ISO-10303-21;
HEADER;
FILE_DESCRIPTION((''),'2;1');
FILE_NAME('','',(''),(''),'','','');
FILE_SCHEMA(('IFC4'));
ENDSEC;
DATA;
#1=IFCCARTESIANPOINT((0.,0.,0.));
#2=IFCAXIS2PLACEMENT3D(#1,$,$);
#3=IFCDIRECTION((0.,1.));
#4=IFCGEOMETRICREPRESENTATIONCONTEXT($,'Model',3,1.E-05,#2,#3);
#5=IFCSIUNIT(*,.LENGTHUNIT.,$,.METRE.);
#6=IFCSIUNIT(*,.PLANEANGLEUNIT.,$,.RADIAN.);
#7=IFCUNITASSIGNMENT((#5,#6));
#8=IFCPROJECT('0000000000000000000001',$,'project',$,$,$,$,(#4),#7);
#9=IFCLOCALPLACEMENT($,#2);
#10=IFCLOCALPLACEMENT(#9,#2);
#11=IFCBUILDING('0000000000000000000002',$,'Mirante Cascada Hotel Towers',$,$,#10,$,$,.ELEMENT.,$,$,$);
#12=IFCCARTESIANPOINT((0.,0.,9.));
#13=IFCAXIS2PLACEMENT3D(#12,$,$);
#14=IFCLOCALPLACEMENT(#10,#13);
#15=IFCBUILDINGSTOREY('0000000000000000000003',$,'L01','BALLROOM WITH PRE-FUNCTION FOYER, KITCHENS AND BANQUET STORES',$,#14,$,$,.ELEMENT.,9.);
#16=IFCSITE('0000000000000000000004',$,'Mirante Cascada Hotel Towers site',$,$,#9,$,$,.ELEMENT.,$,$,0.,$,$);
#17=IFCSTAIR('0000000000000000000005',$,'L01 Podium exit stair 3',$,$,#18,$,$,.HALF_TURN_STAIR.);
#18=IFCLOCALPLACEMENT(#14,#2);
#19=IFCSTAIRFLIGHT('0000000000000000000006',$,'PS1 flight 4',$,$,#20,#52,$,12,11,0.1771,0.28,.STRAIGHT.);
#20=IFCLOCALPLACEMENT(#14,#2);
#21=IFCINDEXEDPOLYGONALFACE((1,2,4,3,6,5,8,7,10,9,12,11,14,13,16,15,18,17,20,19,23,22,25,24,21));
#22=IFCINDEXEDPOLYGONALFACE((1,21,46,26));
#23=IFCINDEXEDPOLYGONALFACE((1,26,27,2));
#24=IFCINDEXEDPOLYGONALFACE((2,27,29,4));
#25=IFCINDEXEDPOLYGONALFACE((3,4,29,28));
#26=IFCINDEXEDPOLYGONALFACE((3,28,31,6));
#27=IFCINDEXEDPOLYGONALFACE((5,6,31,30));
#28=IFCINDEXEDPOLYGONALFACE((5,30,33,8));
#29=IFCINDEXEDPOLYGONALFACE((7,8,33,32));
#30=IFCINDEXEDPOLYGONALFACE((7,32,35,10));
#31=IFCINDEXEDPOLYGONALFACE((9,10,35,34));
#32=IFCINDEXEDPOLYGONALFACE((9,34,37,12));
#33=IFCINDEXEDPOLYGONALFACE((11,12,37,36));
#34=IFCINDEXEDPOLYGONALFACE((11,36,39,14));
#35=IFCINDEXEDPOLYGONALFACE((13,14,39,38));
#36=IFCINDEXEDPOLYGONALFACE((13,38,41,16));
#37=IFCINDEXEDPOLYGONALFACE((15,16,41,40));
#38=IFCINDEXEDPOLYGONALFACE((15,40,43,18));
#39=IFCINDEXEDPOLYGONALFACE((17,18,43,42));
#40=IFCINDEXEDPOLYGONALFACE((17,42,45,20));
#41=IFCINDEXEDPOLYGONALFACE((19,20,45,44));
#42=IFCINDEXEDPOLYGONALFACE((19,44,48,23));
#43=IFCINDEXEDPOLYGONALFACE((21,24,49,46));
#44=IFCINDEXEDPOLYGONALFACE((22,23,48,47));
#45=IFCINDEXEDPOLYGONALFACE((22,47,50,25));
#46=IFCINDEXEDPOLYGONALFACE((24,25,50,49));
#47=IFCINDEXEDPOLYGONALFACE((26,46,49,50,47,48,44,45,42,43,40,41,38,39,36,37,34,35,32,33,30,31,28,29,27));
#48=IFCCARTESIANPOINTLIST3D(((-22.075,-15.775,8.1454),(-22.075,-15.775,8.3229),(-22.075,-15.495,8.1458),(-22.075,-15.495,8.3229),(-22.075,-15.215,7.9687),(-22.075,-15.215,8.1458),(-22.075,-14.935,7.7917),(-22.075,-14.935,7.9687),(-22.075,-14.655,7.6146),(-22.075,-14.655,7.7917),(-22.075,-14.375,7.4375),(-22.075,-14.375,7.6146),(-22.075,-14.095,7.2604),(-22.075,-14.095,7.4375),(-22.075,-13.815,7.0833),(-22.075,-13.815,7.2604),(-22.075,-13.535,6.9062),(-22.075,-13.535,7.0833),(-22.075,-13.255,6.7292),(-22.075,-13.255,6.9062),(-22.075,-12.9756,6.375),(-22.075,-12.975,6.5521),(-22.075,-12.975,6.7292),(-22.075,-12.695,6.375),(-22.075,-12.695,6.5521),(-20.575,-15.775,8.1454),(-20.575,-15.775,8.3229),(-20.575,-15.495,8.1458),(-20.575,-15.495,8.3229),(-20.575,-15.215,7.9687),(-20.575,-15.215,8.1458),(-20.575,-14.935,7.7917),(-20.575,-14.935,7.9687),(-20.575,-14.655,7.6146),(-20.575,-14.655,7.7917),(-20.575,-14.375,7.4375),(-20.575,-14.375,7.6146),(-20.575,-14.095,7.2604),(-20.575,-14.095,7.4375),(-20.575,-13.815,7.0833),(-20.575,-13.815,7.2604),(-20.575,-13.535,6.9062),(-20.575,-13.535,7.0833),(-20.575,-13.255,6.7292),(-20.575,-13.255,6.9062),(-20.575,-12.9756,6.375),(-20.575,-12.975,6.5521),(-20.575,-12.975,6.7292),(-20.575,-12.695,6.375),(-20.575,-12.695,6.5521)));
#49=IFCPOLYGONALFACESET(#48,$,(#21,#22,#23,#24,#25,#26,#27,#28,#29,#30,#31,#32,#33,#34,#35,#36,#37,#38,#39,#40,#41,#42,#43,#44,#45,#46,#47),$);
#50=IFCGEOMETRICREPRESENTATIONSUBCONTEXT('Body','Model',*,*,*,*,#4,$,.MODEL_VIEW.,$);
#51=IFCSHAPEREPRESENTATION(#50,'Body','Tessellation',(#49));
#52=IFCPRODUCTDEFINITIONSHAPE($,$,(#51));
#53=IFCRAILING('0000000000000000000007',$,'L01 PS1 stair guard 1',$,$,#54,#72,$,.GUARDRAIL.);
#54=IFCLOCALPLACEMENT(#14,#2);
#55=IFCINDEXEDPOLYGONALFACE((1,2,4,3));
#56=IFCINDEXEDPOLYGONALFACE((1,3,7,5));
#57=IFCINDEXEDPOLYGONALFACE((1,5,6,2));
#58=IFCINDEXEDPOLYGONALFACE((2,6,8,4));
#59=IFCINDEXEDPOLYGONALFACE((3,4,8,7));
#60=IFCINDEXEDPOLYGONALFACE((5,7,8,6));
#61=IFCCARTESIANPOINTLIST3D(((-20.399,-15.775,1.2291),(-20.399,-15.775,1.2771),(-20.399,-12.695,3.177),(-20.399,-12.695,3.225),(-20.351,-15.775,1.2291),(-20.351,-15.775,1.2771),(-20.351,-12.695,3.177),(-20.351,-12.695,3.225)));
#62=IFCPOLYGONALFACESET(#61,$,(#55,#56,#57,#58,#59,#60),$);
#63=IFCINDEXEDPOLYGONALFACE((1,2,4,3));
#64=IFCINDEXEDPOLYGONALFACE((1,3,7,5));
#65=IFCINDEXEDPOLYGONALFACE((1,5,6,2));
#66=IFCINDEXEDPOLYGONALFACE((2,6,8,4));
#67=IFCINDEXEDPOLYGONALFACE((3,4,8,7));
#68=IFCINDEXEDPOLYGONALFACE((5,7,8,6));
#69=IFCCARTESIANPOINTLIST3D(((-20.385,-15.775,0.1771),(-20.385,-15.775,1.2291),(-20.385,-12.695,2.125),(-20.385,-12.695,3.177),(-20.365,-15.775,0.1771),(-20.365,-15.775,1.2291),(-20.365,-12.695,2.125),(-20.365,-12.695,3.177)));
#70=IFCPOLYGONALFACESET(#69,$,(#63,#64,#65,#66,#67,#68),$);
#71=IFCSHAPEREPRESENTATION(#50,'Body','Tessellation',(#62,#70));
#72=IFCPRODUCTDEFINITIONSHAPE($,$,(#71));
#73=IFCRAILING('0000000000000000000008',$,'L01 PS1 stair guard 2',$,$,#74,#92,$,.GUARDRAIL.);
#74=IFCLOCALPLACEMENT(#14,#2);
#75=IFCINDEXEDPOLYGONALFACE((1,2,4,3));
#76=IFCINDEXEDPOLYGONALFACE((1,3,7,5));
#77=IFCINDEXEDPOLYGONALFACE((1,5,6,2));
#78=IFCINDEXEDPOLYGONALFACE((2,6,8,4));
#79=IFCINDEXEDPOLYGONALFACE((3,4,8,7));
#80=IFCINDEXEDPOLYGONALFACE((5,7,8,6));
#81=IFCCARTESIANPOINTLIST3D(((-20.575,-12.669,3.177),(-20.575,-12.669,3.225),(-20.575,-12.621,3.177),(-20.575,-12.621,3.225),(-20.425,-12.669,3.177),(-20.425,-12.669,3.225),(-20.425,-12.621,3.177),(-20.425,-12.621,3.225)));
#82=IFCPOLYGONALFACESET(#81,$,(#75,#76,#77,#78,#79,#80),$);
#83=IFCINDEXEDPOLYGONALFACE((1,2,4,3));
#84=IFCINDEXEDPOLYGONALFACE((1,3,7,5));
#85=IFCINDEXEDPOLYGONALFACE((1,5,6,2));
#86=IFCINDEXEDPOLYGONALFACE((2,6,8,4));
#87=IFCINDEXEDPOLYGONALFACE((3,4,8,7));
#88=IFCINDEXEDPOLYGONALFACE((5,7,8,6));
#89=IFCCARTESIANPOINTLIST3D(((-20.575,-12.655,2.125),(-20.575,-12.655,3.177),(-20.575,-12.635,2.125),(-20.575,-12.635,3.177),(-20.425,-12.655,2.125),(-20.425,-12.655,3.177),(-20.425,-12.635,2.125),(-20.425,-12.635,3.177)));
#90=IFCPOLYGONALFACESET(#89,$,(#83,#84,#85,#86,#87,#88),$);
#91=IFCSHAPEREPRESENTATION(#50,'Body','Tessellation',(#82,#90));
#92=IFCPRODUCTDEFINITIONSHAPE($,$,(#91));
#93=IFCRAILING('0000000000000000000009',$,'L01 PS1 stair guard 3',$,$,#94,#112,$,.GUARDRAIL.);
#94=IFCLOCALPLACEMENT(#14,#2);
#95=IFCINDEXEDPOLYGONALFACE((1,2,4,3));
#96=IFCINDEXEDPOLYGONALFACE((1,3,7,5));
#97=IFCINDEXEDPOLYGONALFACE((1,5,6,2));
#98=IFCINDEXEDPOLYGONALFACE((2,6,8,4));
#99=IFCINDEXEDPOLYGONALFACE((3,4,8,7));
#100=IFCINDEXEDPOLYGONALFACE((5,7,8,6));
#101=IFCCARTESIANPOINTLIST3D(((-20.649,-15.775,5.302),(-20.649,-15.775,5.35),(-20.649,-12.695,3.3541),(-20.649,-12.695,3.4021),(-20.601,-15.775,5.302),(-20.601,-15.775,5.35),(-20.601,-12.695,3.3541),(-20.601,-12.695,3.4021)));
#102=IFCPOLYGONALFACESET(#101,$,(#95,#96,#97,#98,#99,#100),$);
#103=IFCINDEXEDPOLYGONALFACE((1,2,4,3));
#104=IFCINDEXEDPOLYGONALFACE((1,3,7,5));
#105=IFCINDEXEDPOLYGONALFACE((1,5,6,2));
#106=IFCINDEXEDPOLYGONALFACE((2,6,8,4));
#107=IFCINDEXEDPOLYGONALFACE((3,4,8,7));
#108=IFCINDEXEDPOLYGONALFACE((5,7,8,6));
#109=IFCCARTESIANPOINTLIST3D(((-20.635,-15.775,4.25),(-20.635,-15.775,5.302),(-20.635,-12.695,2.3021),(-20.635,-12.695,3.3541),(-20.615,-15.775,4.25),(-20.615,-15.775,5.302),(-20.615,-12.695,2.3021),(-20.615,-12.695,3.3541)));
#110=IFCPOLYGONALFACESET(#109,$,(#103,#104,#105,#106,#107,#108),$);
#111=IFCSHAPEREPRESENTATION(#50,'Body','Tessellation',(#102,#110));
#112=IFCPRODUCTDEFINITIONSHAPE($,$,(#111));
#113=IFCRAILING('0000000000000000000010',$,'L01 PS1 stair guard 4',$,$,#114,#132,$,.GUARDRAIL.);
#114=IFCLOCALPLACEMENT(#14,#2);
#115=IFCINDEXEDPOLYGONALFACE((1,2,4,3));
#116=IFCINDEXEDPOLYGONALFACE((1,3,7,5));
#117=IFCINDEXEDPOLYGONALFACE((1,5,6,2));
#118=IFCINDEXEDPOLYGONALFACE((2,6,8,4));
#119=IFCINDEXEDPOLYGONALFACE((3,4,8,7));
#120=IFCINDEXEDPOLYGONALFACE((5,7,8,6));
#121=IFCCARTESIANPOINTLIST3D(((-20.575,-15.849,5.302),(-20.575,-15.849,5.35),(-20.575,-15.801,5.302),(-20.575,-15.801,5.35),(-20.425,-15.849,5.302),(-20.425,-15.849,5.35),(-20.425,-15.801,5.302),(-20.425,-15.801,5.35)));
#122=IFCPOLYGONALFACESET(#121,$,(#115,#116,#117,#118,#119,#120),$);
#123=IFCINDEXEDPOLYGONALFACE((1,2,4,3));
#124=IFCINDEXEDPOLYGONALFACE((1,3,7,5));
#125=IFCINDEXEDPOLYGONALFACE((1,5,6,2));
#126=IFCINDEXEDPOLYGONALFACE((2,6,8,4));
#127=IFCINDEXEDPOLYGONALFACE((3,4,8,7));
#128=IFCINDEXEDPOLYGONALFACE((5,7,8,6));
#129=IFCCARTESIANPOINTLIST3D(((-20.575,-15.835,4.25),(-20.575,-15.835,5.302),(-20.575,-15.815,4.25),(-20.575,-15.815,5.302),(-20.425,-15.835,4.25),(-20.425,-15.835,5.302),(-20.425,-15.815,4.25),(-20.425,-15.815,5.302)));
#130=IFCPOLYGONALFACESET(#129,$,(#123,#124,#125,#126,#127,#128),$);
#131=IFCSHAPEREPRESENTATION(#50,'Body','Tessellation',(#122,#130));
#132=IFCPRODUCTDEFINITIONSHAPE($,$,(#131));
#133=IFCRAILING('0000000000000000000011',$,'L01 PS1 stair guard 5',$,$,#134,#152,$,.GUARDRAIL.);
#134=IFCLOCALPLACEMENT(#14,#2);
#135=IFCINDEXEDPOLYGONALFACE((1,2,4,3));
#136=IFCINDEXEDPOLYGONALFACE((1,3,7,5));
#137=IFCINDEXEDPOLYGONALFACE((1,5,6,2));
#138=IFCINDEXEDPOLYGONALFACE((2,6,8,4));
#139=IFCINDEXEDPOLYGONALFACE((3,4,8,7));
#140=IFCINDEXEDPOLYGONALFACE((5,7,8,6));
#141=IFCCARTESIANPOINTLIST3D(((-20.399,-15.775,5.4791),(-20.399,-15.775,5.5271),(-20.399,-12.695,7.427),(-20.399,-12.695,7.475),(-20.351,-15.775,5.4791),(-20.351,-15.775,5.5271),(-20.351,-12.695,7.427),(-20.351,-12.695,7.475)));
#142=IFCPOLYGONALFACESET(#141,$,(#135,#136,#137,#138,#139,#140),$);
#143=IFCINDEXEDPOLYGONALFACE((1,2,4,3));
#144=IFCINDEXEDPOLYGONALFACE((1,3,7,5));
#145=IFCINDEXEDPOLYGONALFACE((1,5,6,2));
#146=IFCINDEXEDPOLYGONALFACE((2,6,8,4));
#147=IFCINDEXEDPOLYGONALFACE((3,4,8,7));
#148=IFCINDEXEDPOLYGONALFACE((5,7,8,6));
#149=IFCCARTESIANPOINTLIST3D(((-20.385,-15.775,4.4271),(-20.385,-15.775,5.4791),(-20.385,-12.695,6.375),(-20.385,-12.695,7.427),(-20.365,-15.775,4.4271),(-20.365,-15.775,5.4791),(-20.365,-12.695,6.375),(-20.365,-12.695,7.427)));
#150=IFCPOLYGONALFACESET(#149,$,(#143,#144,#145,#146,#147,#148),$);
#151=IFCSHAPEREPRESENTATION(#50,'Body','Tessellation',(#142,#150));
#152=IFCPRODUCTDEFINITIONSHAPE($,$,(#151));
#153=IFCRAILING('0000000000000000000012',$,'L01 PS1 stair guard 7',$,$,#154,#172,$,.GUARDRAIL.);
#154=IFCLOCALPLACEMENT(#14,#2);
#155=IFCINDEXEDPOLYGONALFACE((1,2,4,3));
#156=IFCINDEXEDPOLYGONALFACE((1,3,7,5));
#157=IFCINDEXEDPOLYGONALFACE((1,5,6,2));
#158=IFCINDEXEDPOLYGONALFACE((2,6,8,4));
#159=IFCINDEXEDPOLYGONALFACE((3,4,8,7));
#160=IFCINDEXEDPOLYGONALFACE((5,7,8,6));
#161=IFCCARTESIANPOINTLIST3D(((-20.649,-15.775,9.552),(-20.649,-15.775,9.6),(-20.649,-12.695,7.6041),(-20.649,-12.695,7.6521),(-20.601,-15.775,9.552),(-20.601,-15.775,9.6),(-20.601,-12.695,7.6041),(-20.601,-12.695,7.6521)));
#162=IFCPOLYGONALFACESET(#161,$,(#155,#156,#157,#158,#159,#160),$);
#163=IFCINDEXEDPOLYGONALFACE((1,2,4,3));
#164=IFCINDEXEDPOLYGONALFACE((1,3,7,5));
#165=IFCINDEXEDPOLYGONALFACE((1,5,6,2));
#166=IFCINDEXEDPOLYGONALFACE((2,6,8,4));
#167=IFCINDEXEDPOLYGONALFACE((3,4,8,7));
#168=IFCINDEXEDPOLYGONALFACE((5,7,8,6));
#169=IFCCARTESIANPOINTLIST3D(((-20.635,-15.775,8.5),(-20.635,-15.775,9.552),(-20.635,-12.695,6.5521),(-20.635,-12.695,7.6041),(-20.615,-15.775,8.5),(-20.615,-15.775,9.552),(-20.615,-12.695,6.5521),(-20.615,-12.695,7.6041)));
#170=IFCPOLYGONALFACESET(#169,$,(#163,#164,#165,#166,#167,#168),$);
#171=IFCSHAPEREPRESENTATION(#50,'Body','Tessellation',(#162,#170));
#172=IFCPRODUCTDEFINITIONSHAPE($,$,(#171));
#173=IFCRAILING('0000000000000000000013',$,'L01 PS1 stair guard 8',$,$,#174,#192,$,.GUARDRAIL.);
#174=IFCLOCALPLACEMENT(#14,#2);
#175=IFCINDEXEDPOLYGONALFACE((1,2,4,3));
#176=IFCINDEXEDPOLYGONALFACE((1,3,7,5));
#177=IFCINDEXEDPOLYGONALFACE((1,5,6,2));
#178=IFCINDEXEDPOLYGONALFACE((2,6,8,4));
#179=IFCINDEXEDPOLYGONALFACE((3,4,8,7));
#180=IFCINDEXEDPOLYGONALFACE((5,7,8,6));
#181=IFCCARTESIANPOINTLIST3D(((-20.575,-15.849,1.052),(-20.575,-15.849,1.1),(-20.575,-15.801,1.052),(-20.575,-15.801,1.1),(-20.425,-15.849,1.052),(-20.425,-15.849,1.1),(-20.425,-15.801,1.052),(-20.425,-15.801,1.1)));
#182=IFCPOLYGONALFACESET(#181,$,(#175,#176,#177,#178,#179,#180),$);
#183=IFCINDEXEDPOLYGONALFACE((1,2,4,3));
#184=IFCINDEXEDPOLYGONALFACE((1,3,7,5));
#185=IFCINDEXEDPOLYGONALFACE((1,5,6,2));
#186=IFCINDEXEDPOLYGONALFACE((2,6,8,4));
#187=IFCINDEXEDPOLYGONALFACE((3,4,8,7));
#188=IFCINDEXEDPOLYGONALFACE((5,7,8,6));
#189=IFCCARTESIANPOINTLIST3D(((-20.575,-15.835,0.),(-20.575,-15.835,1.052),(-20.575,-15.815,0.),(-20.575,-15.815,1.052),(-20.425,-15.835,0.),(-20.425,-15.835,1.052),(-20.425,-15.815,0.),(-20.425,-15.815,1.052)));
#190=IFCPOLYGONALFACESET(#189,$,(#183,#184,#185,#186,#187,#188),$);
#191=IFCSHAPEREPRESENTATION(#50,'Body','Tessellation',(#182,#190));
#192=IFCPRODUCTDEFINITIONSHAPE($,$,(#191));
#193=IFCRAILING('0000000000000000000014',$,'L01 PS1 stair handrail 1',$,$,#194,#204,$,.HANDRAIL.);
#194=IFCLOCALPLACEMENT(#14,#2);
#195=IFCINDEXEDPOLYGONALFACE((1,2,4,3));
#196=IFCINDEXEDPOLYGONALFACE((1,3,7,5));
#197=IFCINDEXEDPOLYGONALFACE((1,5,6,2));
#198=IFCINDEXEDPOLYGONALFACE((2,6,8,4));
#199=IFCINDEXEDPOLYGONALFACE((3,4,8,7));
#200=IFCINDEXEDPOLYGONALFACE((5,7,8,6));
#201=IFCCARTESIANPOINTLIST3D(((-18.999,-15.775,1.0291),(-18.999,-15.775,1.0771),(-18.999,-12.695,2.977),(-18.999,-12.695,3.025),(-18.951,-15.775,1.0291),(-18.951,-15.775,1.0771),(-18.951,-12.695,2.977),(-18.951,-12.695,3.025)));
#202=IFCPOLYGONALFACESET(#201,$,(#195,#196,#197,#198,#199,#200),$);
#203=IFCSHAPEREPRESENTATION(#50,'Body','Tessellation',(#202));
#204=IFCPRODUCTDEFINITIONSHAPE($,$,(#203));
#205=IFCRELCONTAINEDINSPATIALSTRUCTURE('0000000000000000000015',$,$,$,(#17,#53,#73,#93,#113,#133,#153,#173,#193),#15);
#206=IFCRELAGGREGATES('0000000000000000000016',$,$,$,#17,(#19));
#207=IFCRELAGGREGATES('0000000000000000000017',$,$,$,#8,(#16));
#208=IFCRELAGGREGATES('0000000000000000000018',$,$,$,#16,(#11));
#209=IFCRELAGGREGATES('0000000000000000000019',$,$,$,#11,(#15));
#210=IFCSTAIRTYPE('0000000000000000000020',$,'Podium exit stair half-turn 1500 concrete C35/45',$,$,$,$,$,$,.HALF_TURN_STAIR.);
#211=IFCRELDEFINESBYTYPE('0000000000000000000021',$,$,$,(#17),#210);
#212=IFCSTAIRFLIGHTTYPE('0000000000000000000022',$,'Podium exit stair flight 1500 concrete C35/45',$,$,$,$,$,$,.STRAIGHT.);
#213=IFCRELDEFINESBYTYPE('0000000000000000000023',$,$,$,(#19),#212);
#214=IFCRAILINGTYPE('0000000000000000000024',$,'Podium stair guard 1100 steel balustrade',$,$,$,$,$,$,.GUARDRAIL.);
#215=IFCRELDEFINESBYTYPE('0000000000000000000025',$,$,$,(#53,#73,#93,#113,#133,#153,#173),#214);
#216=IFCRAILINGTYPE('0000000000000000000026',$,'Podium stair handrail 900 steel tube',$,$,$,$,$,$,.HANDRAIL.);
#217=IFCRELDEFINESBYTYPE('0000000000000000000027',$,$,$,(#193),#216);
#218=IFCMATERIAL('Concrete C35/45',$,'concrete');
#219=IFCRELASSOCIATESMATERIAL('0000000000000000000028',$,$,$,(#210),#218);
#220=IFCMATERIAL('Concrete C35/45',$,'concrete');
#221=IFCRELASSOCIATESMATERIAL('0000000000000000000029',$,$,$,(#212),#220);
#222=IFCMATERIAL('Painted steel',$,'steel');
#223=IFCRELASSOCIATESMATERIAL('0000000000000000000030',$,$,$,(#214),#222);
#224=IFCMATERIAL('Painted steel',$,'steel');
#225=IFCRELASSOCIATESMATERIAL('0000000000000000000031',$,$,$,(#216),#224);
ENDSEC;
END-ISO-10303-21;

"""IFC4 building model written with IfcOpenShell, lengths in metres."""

from ifc_helpers import new_model, si_unit, direction, frame, origin, origin_2d, place, context, subcontext, project, spatial, polyline, rectangle, outline, extrude, material, type_object, element, aggregate, save


model = new_model("IFC4")

# Units and contexts
model_context = context("Model", 3, precision=1e-05, world=origin(), true_north=direction((0.0, 1.0)))
body_context = subcontext(model_context, "Body", "Model", "MODEL_VIEW")
ifc_project = project(units=[si_unit("LENGTHUNIT", "METRE"), si_unit("PLANEANGLEUNIT", "RADIAN")], contexts=[model_context])

# Site, building, storey
site_placement = place(None, origin())
site = spatial("IfcSite", under=ifc_project, at=site_placement, Name="Mirante Cascada Hotel Towers site", CompositionType="ELEMENT", RefElevation=0.0)
building_placement = place(site_placement, origin())
building = spatial("IfcBuilding", under=site, at=building_placement, Name="Mirante Cascada Hotel Towers", CompositionType="ELEMENT")
storey_placement = place(building_placement, frame((0.0, 0.0, 9.0)))
storey = spatial("IfcBuildingStorey", under=building, at=storey_placement, Name="L01", Description="BALLROOM WITH PRE-FUNCTION FOYER, KITCHENS AND BANQUET STORES", CompositionType="ELEMENT", Elevation=9.0)

# Stair, stair flight
ifc_material_1 = material(Name="Concrete C35/45", Category="concrete")
stair_type = type_object("IfcStairType", Name="Podium exit stair half-turn 1500 concrete C35/45", PredefinedType="HALF_TURN_STAIR", material=ifc_material_1)
stair_placement = place(storey_placement, origin())
stair = element("IfcStair", 1, at=stair_placement, inside=storey, type_object=stair_type, Name="L01 Podium exit stair 3", PredefinedType="HALF_TURN_STAIR")
ifc_material_2 = material(Name="Concrete C35/45", Category="concrete")
stair_flight_type = type_object("IfcStairFlightType", Name="Podium exit stair flight 1500 concrete C35/45", PredefinedType="STRAIGHT", material=ifc_material_2)
stair_flight_1_placement = place(storey_placement, frame((-21.325, -12.695, 6.375), z_axis=(0.0, 0.0, 1.0), x_axis=(0.0, -1.0, 0.0)))
stair_flight_1 = element("IfcStairFlight", 2, at=stair_flight_1_placement, type_object=stair_flight_type, Name="PS1 flight 4", NumberOfRisers=12, NumberOfTreads=11, PredefinedType="STRAIGHT", RiserHeight=0.1771, TreadLength=0.28, context=body_context, shape_type="SweptSolid", body=[
    extrude(outline(polyline([(0.0, 0.0), (0.0, 0.1771), (0.28, 0.1771), (0.28, 0.3542), (0.56, 0.3542), (0.56, 0.5312), (0.84, 0.5312), (0.84, 0.7083), (1.12, 0.7083), (1.12, 0.8854), (1.4, 0.8854), (1.4, 1.0625), (1.68, 1.0625), (1.68, 1.2396), (1.96, 1.2396), (1.96, 1.4167), (2.24, 1.4167), (2.24, 1.5937), (2.52, 1.5937), (2.52, 1.7708), (2.8, 1.7708), (2.8, 1.9479), (3.08, 1.9479), (3.08, 2.125), (3.08, 1.7704), (0.2806, 0.0), (0.0, 0.0)])), frame((0.0, 0.75, 0.0), z_axis=(0.0, -1.0, 0.0), x_axis=(1.0, 0.0, 0.0)), (0.0, 0.0, 1.0), 1.5),
])
aggregate(stair, [stair_flight_1])

# Railings
ifc_material_3 = material(Name="Painted steel", Category="steel")
railing_type_1 = type_object("IfcRailingType", Name="Podium stair guard 1100 steel balustrade", PredefinedType="GUARDRAIL", material=ifc_material_3)
railing_1_placement = place(storey_placement, frame((-20.375, -15.775, 0.1771)))
element("IfcRailing", 3, at=railing_1_placement, inside=storey, type_object=railing_type_1, Name="L01 PS1 stair guard 1", PredefinedType="GUARDRAIL", context=body_context, shape_type="SweptSolid", body=[
    extrude(rectangle(XDim=0.048, YDim=0.048, at=origin_2d()), frame((0.0, 0.0, 1.076), z_axis=(0.0, 1.0, 0.0), x_axis=(-1.0, 0.0, 0.0)), (0.0, 0.53451, 0.845162), 3.6443),
    extrude(rectangle(XDim=0.02, YDim=1.052, at=origin_2d()), frame((0.0, 0.0, 0.526), z_axis=(0.0, 1.0, 0.0), x_axis=(-1.0, 0.0, 0.0)), (0.0, 0.53451, 0.845162), 3.6443),
])
railing_2_placement = place(storey_placement, frame((-20.425, -12.645, 2.125)))
element("IfcRailing", 4, at=railing_2_placement, inside=storey, type_object=railing_type_1, Name="L01 PS1 stair guard 2", PredefinedType="GUARDRAIL", context=body_context, shape_type="SweptSolid", body=[
    extrude(rectangle(XDim=0.048, YDim=0.048, at=origin_2d()), frame((0.0, 0.0, 1.076), z_axis=(-1.0, 0.0, 0.0), x_axis=(0.0, -1.0, 0.0)), (0.0, 0.0, 1.0), 0.15),
    extrude(rectangle(XDim=0.02, YDim=1.052, at=origin_2d()), frame((0.0, 0.0, 0.526), z_axis=(-1.0, 0.0, 0.0), x_axis=(0.0, -1.0, 0.0)), (0.0, 0.0, 1.0), 0.15),
])
railing_3_placement = place(storey_placement, frame((-20.625, -12.695, 2.3021)))
element("IfcRailing", 5, at=railing_3_placement, inside=storey, type_object=railing_type_1, Name="L01 PS1 stair guard 3", PredefinedType="GUARDRAIL", context=body_context, shape_type="SweptSolid", body=[
    extrude(rectangle(XDim=0.048, YDim=0.048, at=origin_2d()), frame((0.0, 0.0, 1.076), z_axis=(0.0, -1.0, 0.0), x_axis=(1.0, 0.0, 0.0)), (0.0, 0.53451, 0.845162), 3.6443),
    extrude(rectangle(XDim=0.02, YDim=1.052, at=origin_2d()), frame((0.0, 0.0, 0.526), z_axis=(0.0, -1.0, 0.0), x_axis=(1.0, 0.0, 0.0)), (0.0, 0.53451, 0.845162), 3.6443),
])
railing_4_placement = place(storey_placement, frame((-20.425, -15.825, 4.25)))
element("IfcRailing", 6, at=railing_4_placement, inside=storey, type_object=railing_type_1, Name="L01 PS1 stair guard 4", PredefinedType="GUARDRAIL", context=body_context, shape_type="SweptSolid", body=[
    extrude(rectangle(XDim=0.048, YDim=0.048, at=origin_2d()), frame((0.0, 0.0, 1.076), z_axis=(-1.0, 0.0, 0.0), x_axis=(0.0, -1.0, 0.0)), (0.0, 0.0, 1.0), 0.15),
    extrude(rectangle(XDim=0.02, YDim=1.052, at=origin_2d()), frame((0.0, 0.0, 0.526), z_axis=(-1.0, 0.0, 0.0), x_axis=(0.0, -1.0, 0.0)), (0.0, 0.0, 1.0), 0.15),
])
railing_5_placement = place(storey_placement, frame((-20.375, -15.775, 4.4271)))
element("IfcRailing", 7, at=railing_5_placement, inside=storey, type_object=railing_type_1, Name="L01 PS1 stair guard 5", PredefinedType="GUARDRAIL", context=body_context, shape_type="SweptSolid", body=[
    extrude(rectangle(XDim=0.048, YDim=0.048, at=origin_2d()), frame((0.0, 0.0, 1.076), z_axis=(0.0, 1.0, 0.0), x_axis=(-1.0, 0.0, 0.0)), (0.0, 0.53451, 0.845162), 3.6443),
    extrude(rectangle(XDim=0.02, YDim=1.052, at=origin_2d()), frame((0.0, 0.0, 0.526), z_axis=(0.0, 1.0, 0.0), x_axis=(-1.0, 0.0, 0.0)), (0.0, 0.53451, 0.845162), 3.6443),
])
railing_6_placement = place(storey_placement, frame((-20.625, -12.695, 6.5521)))
element("IfcRailing", 8, at=railing_6_placement, inside=storey, type_object=railing_type_1, Name="L01 PS1 stair guard 7", PredefinedType="GUARDRAIL", context=body_context, shape_type="SweptSolid", body=[
    extrude(rectangle(XDim=0.048, YDim=0.048, at=origin_2d()), frame((0.0, 0.0, 1.076), z_axis=(0.0, -1.0, 0.0), x_axis=(1.0, 0.0, 0.0)), (0.0, 0.53451, 0.845162), 3.6443),
    extrude(rectangle(XDim=0.02, YDim=1.052, at=origin_2d()), frame((0.0, 0.0, 0.526), z_axis=(0.0, -1.0, 0.0), x_axis=(1.0, 0.0, 0.0)), (0.0, 0.53451, 0.845162), 3.6443),
])
railing_7_placement = place(storey_placement, frame((-20.425, -15.825, 0.0)))
element("IfcRailing", 9, at=railing_7_placement, inside=storey, type_object=railing_type_1, Name="L01 PS1 stair guard 8", PredefinedType="GUARDRAIL", context=body_context, shape_type="SweptSolid", body=[
    extrude(rectangle(XDim=0.048, YDim=0.048, at=origin_2d()), frame((0.0, 0.0, 1.076), z_axis=(-1.0, 0.0, 0.0), x_axis=(0.0, -1.0, 0.0)), (0.0, 0.0, 1.0), 0.15),
    extrude(rectangle(XDim=0.02, YDim=1.052, at=origin_2d()), frame((0.0, 0.0, 0.526), z_axis=(-1.0, 0.0, 0.0), x_axis=(0.0, -1.0, 0.0)), (0.0, 0.0, 1.0), 0.15),
])
ifc_material_4 = material(Name="Painted steel", Category="steel")
railing_type_2 = type_object("IfcRailingType", Name="Podium stair handrail 900 steel tube", PredefinedType="HANDRAIL", material=ifc_material_4)
railing_8_placement = place(storey_placement, frame((-18.975, -15.775, 0.1771)))
element("IfcRailing", 10, at=railing_8_placement, inside=storey, type_object=railing_type_2, Name="L01 PS1 stair handrail 1", PredefinedType="HANDRAIL", context=body_context, shape_type="SweptSolid", body=[
    extrude(rectangle(XDim=0.048, YDim=0.048, at=origin_2d()), frame((0.0, 0.0, 0.876), z_axis=(0.0, 1.0, 0.0), x_axis=(-1.0, 0.0, 0.0)), (0.0, 0.53451, 0.845162), 3.6443),
])

save(model, "model.ifc")
